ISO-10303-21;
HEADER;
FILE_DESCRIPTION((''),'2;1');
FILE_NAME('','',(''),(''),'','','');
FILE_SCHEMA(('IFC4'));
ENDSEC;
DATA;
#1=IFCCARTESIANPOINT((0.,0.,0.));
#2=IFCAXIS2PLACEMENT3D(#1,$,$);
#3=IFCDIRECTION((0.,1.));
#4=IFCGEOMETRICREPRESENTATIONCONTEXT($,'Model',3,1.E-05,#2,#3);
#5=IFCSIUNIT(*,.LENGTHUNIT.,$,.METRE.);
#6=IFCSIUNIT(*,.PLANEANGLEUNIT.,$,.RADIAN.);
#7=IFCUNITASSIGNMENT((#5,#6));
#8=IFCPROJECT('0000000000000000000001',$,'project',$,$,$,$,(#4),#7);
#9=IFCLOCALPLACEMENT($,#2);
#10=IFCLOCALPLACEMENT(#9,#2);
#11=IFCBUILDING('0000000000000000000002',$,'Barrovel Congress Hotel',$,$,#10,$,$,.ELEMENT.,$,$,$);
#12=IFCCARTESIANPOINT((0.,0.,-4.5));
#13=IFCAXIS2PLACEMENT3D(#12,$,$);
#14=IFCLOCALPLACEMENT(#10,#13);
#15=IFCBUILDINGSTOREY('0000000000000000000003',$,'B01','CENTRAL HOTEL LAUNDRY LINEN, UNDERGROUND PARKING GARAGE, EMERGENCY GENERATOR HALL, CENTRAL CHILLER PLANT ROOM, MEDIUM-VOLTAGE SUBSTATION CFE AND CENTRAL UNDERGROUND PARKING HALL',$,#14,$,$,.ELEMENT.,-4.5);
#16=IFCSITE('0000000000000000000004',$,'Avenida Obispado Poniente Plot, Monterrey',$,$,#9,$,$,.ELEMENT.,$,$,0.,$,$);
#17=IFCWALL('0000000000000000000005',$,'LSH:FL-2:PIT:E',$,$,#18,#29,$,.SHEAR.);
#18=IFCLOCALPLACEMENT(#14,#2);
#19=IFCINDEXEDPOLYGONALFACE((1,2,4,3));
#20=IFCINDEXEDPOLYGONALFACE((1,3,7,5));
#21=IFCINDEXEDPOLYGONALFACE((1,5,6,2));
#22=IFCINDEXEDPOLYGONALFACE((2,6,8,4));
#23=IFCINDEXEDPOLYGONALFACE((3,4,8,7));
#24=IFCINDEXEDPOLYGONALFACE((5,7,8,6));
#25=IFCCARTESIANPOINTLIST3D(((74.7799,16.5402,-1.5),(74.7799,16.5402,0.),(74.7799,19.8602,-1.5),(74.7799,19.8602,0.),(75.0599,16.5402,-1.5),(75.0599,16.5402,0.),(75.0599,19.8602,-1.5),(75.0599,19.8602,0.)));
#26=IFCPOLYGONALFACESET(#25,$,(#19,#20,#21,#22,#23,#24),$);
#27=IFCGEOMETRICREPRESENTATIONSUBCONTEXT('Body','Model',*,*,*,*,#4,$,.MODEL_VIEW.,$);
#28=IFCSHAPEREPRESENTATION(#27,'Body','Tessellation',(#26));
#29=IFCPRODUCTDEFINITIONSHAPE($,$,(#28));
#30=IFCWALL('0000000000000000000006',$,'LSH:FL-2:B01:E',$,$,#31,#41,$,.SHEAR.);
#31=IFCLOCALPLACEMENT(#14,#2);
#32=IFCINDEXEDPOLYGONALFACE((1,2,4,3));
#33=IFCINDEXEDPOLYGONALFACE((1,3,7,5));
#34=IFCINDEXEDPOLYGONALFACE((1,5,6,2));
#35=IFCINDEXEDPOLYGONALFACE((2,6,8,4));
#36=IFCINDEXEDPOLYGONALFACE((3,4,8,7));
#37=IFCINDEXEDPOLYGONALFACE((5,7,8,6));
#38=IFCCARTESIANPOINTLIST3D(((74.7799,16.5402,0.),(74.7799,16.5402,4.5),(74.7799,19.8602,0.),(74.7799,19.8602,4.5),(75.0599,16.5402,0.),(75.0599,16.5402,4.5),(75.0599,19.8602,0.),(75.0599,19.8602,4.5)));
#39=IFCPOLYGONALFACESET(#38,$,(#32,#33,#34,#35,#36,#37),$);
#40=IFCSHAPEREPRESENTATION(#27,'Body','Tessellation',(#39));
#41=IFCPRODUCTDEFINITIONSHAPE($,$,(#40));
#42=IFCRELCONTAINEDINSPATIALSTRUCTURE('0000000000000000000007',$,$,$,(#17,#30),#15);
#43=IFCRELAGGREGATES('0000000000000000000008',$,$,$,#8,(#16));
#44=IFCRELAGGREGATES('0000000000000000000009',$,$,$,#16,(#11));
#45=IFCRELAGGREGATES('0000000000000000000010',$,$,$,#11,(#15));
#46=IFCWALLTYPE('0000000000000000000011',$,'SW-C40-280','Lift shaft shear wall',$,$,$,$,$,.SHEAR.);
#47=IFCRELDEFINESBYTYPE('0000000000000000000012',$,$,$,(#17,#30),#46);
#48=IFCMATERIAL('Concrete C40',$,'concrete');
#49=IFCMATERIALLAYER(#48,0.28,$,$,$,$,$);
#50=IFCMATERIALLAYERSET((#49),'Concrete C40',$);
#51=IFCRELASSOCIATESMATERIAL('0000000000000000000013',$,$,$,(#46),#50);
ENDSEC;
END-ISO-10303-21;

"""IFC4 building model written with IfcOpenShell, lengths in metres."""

from ifc_helpers import new_model, si_unit, direction, frame, frame_2d, origin, place, context, subcontext, project, spatial, rectangle, extrude, material, layer, layer_set, type_object, element, save


model = new_model("IFC4")

# Units and contexts
model_context = context("Model", 3, precision=1e-05, world=origin(), true_north=direction((0.0, 1.0)))
body_context = subcontext(model_context, "Body", "Model", "MODEL_VIEW")
ifc_project = project(units=[si_unit("LENGTHUNIT", "METRE"), si_unit("PLANEANGLEUNIT", "RADIAN")], contexts=[model_context])

# Site, building, storey
site_placement = place(None, origin())
site = spatial("IfcSite", under=ifc_project, at=site_placement, Name="Avenida Obispado Poniente Plot, Monterrey", CompositionType="ELEMENT", RefElevation=0.0)
building_placement = place(site_placement, origin())
building = spatial("IfcBuilding", under=site, at=building_placement, Name="Barrovel Congress Hotel", CompositionType="ELEMENT")
storey_placement = place(building_placement, frame((0.0, 0.0, -4.5)))
storey = spatial("IfcBuildingStorey", under=building, at=storey_placement, Name="B01", Description="CENTRAL HOTEL LAUNDRY LINEN, UNDERGROUND PARKING GARAGE, EMERGENCY GENERATOR HALL, CENTRAL CHILLER PLANT ROOM, MEDIUM-VOLTAGE SUBSTATION CFE AND CENTRAL UNDERGROUND PARKING HALL", CompositionType="ELEMENT", Elevation=-4.5)

# Shared definitions
ifc_material_1 = material(Name="Concrete C40", Category="concrete")

# Walls
ifc_layer_1 = layer(ifc_material_1, 0.28)
ifc_layer_set_1 = layer_set([ifc_layer_1], Name="Concrete C40")
wall_type_1 = type_object("IfcWallType", Name="SW-C40-280", Description="Lift shaft shear wall", PredefinedType="SHEAR", material=ifc_layer_set_1)
wall_1_placement = place(storey_placement, frame((74.9199, 16.54, -1.5), z_axis=(0.0, 0.0, 1.0), x_axis=(0.0, 1.0, 0.0)))
element("IfcWall", 1, at=wall_1_placement, inside=storey, type_object=wall_type_1, Name="LSH:FL-2:PIT:E", PredefinedType="SHEAR", context=body_context, shape_type="SweptSolid", body=[
    extrude(rectangle(XDim=3.3201, YDim=0.28, at=frame_2d((1.6602, 0.0))), origin(), (0.0, 0.0, 1.0), 1.5),
])
wall_2_placement = place(storey_placement, frame((74.9199, 16.54, 0.0), z_axis=(0.0, 0.0, 1.0), x_axis=(0.0, 1.0, 0.0)))
element("IfcWall", 2, at=wall_2_placement, inside=storey, type_object=wall_type_1, Name="LSH:FL-2:B01:E", PredefinedType="SHEAR", context=body_context, shape_type="SweptSolid", body=[
    extrude(rectangle(XDim=3.3201, YDim=0.28, at=frame_2d((1.6602, 0.0))), origin(), (0.0, 0.0, 1.0), 4.5),
])

save(model, "model.ifc")
